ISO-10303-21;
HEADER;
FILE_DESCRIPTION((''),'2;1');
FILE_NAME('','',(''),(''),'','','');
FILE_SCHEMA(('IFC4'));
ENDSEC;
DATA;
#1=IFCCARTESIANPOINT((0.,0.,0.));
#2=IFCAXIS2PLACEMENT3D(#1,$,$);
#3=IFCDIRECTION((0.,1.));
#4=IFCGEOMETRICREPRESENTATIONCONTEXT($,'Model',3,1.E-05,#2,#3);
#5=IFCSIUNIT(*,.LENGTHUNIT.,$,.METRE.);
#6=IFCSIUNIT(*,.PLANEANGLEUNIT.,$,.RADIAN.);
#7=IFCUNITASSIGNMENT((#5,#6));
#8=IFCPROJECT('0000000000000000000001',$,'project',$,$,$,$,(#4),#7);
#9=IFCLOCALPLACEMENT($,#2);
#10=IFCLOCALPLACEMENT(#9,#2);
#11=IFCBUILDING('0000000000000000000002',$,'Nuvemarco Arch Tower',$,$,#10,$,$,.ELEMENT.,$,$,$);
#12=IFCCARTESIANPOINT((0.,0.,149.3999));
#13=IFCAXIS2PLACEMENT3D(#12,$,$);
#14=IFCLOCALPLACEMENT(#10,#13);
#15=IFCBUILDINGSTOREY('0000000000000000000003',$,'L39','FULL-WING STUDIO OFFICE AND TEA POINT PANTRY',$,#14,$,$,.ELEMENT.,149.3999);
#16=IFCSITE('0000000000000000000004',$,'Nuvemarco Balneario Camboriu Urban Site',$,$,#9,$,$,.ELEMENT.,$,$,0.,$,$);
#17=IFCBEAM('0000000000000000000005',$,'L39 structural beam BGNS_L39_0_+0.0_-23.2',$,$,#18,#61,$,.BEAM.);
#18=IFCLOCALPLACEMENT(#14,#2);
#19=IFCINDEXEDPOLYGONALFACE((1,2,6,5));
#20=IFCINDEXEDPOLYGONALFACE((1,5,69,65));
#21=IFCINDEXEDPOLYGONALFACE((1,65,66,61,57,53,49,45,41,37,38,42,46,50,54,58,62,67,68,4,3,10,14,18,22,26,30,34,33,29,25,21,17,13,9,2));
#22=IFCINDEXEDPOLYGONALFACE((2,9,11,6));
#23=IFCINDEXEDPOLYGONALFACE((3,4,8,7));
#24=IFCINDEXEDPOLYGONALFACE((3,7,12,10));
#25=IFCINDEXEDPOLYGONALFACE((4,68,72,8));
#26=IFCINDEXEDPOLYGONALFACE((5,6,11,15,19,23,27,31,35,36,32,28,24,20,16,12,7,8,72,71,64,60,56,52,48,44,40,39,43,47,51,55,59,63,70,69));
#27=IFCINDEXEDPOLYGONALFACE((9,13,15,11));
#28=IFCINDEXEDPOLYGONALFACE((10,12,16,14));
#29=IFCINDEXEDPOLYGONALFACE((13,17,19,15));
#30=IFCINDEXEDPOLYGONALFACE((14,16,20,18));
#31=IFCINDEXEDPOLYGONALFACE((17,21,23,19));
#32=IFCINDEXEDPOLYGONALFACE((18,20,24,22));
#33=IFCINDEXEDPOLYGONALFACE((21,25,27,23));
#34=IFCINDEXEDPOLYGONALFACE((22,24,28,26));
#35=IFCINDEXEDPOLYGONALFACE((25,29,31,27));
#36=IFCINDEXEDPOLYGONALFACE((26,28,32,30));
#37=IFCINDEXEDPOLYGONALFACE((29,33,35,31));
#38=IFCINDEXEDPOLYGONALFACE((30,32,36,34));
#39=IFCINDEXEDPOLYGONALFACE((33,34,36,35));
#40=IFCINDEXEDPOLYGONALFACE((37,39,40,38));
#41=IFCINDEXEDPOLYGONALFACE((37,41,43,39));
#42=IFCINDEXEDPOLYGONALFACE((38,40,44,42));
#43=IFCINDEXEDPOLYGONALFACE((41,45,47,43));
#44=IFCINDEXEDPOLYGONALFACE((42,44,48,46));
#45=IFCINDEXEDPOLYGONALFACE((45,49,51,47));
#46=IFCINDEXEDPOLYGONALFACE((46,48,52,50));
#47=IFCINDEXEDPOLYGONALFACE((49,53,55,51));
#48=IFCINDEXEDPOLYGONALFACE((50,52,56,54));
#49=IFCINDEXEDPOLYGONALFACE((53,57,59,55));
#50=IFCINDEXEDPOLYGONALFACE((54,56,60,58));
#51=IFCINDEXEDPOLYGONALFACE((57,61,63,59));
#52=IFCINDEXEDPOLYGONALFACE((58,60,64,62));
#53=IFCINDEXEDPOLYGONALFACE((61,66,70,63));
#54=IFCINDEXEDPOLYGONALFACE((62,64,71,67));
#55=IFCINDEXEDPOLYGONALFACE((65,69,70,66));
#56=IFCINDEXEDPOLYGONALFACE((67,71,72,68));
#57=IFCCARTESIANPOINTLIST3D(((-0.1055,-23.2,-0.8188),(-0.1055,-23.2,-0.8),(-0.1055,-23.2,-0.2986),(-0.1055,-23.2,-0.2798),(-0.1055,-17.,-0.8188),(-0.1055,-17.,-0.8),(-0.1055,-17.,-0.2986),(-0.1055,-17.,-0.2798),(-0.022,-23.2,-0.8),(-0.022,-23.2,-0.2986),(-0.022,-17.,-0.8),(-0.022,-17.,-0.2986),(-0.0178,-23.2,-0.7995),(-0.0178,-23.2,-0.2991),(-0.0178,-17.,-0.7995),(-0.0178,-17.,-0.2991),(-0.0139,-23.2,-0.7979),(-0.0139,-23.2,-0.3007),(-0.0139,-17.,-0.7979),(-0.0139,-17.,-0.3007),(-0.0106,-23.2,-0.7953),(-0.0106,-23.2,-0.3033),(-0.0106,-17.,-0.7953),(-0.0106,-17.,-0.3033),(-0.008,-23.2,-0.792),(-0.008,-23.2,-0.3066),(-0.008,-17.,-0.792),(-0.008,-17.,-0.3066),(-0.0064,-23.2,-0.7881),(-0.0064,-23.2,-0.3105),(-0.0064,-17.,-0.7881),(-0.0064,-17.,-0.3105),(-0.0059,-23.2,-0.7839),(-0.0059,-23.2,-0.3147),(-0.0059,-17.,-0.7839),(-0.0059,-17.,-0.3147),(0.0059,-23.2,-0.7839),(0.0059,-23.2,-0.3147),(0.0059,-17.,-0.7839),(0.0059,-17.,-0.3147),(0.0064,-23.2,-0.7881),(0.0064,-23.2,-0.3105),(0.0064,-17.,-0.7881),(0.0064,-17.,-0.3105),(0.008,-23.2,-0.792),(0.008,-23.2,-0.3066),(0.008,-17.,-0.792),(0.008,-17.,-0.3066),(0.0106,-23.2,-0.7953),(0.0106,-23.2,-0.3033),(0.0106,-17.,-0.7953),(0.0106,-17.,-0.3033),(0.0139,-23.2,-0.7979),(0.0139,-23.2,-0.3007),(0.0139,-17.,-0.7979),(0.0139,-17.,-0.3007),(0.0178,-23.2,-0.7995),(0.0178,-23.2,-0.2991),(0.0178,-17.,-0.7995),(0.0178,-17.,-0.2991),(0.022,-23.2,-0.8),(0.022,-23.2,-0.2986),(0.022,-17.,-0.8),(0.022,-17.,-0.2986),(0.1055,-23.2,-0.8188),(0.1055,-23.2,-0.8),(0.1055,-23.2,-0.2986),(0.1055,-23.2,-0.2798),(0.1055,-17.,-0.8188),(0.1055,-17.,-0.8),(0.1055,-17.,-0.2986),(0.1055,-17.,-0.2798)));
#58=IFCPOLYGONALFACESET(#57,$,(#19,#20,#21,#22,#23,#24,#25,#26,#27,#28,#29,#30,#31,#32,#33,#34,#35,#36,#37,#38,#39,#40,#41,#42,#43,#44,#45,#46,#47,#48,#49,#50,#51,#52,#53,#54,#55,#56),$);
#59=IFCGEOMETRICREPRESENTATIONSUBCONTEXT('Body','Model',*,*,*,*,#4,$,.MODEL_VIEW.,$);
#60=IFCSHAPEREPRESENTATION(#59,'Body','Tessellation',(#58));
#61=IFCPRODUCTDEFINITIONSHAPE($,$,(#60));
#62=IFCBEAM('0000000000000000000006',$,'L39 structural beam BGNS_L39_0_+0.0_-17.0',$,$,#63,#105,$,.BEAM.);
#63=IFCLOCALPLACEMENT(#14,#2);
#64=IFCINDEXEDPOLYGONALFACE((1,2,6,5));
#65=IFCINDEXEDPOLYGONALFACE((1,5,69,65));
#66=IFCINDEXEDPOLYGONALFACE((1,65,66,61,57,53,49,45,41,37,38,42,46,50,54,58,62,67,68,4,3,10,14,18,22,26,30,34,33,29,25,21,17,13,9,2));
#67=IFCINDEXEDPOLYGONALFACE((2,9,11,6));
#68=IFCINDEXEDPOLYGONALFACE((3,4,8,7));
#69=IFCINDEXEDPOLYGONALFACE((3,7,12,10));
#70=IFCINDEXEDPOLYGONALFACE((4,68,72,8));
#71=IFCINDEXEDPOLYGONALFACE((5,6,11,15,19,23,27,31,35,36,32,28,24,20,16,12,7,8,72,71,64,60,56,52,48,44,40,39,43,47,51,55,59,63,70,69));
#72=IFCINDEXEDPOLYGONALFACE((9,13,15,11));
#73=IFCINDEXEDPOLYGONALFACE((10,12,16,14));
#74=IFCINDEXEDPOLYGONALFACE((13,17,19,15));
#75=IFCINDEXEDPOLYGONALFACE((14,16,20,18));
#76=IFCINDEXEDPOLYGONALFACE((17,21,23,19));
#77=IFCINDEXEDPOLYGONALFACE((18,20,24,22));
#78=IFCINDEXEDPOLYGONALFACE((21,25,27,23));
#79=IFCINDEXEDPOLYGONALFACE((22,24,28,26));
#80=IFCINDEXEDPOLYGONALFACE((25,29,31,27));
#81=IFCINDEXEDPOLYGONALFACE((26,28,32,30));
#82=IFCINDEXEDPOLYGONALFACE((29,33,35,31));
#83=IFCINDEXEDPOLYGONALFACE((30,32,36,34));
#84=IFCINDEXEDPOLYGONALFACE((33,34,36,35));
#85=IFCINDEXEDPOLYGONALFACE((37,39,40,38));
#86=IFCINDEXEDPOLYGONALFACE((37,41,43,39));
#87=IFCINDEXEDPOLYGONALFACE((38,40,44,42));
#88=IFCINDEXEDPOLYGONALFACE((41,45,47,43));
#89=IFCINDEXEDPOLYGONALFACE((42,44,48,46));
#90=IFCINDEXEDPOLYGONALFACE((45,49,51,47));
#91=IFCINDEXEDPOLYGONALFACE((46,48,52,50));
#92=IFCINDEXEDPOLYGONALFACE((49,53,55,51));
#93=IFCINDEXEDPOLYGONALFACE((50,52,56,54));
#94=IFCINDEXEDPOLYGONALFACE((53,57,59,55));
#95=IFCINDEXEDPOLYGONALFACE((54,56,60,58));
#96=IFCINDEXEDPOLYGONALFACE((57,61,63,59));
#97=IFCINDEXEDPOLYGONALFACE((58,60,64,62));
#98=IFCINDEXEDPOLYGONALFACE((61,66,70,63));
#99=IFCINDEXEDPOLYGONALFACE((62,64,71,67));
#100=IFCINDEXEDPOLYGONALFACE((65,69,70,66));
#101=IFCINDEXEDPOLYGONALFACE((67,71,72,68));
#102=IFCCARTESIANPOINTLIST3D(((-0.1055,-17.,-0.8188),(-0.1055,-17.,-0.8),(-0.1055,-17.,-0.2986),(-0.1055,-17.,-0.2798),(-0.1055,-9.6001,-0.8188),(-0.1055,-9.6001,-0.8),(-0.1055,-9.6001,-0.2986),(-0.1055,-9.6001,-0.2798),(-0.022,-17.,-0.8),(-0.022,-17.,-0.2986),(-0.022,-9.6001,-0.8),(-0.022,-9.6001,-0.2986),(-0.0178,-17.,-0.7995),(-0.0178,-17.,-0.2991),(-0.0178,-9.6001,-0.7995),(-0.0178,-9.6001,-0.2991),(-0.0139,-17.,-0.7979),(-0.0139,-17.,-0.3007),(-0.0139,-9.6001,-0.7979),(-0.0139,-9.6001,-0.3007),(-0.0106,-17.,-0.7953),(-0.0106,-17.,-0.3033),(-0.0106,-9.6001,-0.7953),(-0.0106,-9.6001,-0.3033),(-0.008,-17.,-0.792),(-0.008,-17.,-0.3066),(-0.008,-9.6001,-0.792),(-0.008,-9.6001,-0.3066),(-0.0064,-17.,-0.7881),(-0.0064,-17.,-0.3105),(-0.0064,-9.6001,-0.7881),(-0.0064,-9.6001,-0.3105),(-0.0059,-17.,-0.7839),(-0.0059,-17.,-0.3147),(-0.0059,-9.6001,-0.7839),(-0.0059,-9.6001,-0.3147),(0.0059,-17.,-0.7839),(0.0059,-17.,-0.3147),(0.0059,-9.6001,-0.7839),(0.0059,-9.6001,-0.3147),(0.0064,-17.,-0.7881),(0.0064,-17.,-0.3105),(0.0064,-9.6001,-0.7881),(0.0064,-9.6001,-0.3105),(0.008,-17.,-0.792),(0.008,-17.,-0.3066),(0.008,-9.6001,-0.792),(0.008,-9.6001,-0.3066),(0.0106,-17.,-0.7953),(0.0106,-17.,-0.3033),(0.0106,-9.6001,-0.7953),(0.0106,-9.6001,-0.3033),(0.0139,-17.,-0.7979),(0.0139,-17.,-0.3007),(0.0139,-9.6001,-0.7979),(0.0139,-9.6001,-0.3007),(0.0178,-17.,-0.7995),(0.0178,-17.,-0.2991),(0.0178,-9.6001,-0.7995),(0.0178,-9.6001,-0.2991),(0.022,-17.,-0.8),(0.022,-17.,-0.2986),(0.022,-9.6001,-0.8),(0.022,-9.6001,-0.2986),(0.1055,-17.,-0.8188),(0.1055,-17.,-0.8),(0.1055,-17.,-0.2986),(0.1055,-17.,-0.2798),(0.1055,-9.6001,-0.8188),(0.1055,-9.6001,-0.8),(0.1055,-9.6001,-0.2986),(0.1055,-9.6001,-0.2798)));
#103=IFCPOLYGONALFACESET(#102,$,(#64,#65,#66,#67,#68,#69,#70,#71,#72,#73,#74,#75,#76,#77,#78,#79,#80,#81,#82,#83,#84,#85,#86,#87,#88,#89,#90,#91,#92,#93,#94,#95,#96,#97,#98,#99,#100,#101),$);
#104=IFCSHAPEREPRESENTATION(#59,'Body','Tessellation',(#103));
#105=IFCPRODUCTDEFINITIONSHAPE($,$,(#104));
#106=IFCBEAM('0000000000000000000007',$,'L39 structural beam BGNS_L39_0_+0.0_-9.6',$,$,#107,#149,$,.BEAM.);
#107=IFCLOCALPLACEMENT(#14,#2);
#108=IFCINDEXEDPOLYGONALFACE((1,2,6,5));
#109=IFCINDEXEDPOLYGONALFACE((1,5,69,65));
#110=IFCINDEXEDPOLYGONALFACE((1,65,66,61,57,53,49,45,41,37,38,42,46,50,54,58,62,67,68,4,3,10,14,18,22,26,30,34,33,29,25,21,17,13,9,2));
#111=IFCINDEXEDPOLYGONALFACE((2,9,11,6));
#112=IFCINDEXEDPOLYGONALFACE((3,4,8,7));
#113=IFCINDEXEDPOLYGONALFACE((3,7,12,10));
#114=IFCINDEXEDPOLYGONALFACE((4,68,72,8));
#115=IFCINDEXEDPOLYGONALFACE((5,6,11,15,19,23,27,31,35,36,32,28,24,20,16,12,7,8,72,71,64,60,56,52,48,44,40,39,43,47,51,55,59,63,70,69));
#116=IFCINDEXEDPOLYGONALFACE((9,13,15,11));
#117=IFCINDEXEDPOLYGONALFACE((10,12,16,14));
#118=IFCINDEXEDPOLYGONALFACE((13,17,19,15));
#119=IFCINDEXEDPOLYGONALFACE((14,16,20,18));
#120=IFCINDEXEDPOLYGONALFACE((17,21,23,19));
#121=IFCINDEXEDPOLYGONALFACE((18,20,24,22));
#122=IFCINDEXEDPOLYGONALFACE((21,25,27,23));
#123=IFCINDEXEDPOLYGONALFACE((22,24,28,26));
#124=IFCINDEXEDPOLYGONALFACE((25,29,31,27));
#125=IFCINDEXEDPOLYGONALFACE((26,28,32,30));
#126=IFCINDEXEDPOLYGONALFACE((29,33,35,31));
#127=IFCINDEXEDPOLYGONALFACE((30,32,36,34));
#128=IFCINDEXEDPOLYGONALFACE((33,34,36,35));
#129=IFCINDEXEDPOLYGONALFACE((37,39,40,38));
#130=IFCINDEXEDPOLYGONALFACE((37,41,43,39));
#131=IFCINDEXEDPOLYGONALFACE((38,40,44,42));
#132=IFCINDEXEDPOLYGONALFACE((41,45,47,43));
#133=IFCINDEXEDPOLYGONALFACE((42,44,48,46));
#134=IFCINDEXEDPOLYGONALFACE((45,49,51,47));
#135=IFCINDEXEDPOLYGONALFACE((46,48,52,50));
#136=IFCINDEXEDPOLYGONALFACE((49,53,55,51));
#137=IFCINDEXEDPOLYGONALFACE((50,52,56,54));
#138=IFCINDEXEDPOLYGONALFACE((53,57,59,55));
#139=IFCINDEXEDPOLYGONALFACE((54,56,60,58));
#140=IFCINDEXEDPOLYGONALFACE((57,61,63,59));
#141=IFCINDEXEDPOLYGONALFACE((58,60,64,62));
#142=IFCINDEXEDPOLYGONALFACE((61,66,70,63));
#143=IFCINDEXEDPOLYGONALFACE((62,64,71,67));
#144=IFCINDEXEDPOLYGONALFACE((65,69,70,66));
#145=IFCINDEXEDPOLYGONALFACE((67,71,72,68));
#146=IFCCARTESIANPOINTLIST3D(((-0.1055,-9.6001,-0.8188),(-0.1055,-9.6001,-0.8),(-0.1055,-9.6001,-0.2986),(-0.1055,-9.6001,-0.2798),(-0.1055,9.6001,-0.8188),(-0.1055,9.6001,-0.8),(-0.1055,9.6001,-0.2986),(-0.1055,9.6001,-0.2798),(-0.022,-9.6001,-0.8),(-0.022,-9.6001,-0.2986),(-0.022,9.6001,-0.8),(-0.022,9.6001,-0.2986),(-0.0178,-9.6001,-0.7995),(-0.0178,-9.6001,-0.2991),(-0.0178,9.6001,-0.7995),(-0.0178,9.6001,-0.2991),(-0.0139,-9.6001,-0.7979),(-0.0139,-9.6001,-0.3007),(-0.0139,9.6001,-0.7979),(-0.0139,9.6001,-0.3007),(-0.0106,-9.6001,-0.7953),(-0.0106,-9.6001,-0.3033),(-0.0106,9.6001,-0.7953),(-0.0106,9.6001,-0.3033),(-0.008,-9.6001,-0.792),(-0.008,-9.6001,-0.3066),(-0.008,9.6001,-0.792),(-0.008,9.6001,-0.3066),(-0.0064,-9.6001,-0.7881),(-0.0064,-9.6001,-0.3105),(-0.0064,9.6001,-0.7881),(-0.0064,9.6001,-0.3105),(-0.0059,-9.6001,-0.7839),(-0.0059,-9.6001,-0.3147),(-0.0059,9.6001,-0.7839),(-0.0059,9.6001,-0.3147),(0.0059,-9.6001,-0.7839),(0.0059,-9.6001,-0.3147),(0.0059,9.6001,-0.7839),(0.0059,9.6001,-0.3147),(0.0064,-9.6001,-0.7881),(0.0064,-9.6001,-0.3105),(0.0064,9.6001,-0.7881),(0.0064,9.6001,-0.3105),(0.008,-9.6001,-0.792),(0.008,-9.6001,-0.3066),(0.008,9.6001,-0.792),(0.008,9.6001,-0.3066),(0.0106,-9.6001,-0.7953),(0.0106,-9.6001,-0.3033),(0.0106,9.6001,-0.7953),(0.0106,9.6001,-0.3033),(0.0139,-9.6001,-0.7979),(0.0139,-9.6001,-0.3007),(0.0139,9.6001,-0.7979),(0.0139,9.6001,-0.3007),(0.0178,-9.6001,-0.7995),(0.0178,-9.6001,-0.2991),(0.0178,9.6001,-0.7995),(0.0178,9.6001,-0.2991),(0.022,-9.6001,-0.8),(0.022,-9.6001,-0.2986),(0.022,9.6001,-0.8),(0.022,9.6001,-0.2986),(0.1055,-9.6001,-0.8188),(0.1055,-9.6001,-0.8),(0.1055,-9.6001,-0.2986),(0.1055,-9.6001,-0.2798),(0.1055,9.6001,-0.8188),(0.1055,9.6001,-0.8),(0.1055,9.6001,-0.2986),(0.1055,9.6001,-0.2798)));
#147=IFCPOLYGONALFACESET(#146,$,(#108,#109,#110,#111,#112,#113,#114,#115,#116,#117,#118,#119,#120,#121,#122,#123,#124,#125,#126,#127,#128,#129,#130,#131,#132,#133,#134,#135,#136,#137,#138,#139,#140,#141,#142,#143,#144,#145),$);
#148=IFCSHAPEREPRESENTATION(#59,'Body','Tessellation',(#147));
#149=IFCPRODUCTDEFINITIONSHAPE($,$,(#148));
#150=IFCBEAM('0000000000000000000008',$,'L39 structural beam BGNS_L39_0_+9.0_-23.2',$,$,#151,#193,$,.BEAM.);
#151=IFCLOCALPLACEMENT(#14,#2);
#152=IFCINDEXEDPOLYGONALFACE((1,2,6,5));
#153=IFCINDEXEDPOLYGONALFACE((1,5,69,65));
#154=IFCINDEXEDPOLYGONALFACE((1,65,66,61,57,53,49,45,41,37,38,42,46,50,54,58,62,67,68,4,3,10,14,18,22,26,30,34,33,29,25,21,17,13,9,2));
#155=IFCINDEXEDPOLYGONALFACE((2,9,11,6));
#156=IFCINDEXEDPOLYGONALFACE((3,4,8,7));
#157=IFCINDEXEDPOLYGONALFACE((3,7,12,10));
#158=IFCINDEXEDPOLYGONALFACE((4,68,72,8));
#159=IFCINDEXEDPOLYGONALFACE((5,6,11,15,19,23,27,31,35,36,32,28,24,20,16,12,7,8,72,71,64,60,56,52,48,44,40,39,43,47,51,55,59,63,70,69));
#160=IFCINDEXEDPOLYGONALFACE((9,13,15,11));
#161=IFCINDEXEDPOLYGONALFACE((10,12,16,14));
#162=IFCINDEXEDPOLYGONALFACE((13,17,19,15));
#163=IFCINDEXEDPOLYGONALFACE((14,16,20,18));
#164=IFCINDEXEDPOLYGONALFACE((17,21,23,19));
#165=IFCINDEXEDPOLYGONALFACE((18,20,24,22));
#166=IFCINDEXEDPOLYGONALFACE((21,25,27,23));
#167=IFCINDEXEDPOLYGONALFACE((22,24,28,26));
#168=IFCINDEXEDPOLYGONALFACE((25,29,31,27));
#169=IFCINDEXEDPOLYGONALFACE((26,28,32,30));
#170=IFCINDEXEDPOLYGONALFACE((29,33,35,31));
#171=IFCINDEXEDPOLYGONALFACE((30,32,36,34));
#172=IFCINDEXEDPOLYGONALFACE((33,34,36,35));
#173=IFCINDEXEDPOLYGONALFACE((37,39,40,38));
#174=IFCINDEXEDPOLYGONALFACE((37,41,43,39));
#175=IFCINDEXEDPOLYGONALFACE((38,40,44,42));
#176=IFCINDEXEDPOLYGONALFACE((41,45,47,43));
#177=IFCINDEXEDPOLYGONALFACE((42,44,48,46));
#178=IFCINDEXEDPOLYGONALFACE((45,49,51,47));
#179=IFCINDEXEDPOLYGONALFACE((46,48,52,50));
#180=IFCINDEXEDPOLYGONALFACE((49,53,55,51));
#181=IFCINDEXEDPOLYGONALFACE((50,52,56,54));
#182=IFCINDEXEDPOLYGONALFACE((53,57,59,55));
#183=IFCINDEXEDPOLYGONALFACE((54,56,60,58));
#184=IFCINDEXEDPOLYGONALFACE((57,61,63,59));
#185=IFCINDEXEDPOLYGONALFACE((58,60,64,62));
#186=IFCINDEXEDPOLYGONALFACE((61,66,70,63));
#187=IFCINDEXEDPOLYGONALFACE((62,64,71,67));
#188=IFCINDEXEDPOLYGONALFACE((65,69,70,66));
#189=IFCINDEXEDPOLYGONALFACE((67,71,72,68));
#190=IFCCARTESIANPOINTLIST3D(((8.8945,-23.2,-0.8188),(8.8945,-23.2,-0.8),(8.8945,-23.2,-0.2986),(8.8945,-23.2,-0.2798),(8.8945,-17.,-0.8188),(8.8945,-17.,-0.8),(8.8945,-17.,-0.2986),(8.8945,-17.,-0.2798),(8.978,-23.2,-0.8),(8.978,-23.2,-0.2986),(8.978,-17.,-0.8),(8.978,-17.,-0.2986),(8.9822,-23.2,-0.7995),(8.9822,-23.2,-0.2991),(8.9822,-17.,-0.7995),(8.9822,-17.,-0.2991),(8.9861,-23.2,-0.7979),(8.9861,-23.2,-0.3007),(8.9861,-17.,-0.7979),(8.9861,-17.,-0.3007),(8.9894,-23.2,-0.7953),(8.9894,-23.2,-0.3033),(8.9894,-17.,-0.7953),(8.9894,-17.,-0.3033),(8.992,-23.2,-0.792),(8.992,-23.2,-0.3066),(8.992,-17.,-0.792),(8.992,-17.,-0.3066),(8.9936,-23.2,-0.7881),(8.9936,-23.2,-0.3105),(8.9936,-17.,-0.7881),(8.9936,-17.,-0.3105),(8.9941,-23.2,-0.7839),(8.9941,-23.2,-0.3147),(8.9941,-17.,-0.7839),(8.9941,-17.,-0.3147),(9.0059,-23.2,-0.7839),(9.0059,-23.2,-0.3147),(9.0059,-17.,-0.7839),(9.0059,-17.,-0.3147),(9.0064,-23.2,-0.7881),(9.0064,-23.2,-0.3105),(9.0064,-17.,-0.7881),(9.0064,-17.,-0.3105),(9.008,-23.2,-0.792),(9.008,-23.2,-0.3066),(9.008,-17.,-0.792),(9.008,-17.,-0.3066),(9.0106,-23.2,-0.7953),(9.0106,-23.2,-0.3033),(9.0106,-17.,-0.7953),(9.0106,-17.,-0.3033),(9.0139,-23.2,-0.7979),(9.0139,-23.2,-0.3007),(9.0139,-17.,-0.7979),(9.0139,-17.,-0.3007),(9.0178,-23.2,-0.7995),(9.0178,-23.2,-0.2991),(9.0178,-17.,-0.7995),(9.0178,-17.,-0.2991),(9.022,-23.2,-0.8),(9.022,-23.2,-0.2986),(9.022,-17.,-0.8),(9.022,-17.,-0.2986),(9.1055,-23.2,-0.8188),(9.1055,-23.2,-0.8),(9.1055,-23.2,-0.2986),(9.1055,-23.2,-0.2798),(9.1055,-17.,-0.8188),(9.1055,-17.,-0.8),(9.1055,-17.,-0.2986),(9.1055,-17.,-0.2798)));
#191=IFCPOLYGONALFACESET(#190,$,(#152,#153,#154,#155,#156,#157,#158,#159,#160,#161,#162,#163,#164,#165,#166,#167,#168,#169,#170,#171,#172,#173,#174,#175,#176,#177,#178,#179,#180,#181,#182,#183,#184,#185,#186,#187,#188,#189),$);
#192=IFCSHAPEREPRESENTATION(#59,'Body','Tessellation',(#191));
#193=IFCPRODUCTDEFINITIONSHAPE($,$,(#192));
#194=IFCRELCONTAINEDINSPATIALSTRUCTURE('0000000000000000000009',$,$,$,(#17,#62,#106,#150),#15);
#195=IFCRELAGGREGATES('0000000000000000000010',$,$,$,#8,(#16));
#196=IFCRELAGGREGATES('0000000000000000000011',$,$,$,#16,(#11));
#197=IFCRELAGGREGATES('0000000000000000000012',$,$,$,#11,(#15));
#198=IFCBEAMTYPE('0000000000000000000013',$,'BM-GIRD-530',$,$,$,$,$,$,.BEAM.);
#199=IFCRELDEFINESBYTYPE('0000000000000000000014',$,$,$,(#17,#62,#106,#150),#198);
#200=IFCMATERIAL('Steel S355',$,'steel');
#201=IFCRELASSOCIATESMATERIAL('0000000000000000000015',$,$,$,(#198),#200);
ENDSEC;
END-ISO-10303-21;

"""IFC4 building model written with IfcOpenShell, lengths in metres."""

from ifc_helpers import new_model, si_unit, direction, frame, origin, origin_2d, place, context, subcontext, project, spatial, i_section, extrude, material, material_profile, profile_set, type_object, element, save


model = new_model("IFC4")

# Units and contexts
model_context = context("Model", 3, precision=1e-05, world=origin(), true_north=direction((0.0, 1.0)))
body_context = subcontext(model_context, "Body", "Model", "MODEL_VIEW")
ifc_project = project(units=[si_unit("LENGTHUNIT", "METRE"), si_unit("PLANEANGLEUNIT", "RADIAN")], contexts=[model_context])

# Site, building, storey
site_placement = place(None, origin())
site = spatial("IfcSite", under=ifc_project, at=site_placement, Name="Nuvemarco Balneario Camboriu Urban Site", CompositionType="ELEMENT", RefElevation=0.0)
building_placement = place(site_placement, origin())
building = spatial("IfcBuilding", under=site, at=building_placement, Name="Nuvemarco Arch Tower", CompositionType="ELEMENT")
storey_placement = place(building_placement, frame((0.0, 0.0, 149.3999)))
storey = spatial("IfcBuildingStorey", under=building, at=storey_placement, Name="L39", Description="FULL-WING STUDIO OFFICE AND TEA POINT PANTRY", CompositionType="ELEMENT", Elevation=149.3999)

# Shared definitions
ifc_material_1 = material(Name="Steel S355", Category="steel")

# Beams
ifc_material_profile_1 = material_profile(ifc_material_1, i_section(OverallWidth=0.2109, OverallDepth=0.5391, WebThickness=0.0117, FlangeThickness=0.0188, FilletRadius=0.0161, at=origin_2d()), Name="W530x109")
ifc_profile_set_1 = profile_set([ifc_material_profile_1], Name="Steel S355")
beam_type_1 = type_object("IfcBeamType", Name="BM-GIRD-530", PredefinedType="BEAM", material=ifc_profile_set_1)
beam_1_placement = place(storey_placement, frame((0.0, -23.2, -0.5493), z_axis=(0.0, 1.0, 0.0), x_axis=(-1.0, 0.0, 0.0)))
element("IfcBeam", 1, at=beam_1_placement, inside=storey, type_object=beam_type_1, Name="L39 structural beam BGNS_L39_0_+0.0_-23.2", PredefinedType="BEAM", context=body_context, shape_type="SweptSolid", body=[
    extrude(i_section(OverallWidth=0.2109, OverallDepth=0.5391, WebThickness=0.0117, FlangeThickness=0.0188, FilletRadius=0.0161, at=origin_2d()), origin(), (0.0, 0.0, 1.0), 6.2),
])
beam_2_placement = place(storey_placement, frame((0.0, -17.0, -0.5493), z_axis=(0.0, 1.0, 0.0), x_axis=(-1.0, 0.0, 0.0)))
element("IfcBeam", 2, at=beam_2_placement, inside=storey, type_object=beam_type_1, Name="L39 structural beam BGNS_L39_0_+0.0_-17.0", PredefinedType="BEAM", context=body_context, shape_type="SweptSolid", body=[
    extrude(i_section(OverallWidth=0.2109, OverallDepth=0.5391, WebThickness=0.0117, FlangeThickness=0.0188, FilletRadius=0.0161, at=origin_2d()), origin(), (0.0, 0.0, 1.0), 7.3999),
])
beam_3_placement = place(storey_placement, frame((0.0, -9.6001, -0.5493), z_axis=(0.0, 1.0, 0.0), x_axis=(-1.0, 0.0, 0.0)))
element("IfcBeam", 3, at=beam_3_placement, inside=storey, type_object=beam_type_1, Name="L39 structural beam BGNS_L39_0_+0.0_-9.6", PredefinedType="BEAM", context=body_context, shape_type="SweptSolid", body=[
    extrude(i_section(OverallWidth=0.2109, OverallDepth=0.5391, WebThickness=0.0117, FlangeThickness=0.0188, FilletRadius=0.0161, at=origin_2d()), origin(), (0.0, 0.0, 1.0), 19.2002),
])
beam_4_placement = place(storey_placement, frame((9.0, -23.2, -0.5493), z_axis=(0.0, 1.0, 0.0), x_axis=(-1.0, 0.0, 0.0)))
element("IfcBeam", 4, at=beam_4_placement, inside=storey, type_object=beam_type_1, Name="L39 structural beam BGNS_L39_0_+9.0_-23.2", PredefinedType="BEAM", context=body_context, shape_type="SweptSolid", body=[
    extrude(i_section(OverallWidth=0.2109, OverallDepth=0.5391, WebThickness=0.0117, FlangeThickness=0.0188, FilletRadius=0.0161, at=origin_2d()), origin(), (0.0, 0.0, 1.0), 6.2),
])

save(model, "model.ifc")
